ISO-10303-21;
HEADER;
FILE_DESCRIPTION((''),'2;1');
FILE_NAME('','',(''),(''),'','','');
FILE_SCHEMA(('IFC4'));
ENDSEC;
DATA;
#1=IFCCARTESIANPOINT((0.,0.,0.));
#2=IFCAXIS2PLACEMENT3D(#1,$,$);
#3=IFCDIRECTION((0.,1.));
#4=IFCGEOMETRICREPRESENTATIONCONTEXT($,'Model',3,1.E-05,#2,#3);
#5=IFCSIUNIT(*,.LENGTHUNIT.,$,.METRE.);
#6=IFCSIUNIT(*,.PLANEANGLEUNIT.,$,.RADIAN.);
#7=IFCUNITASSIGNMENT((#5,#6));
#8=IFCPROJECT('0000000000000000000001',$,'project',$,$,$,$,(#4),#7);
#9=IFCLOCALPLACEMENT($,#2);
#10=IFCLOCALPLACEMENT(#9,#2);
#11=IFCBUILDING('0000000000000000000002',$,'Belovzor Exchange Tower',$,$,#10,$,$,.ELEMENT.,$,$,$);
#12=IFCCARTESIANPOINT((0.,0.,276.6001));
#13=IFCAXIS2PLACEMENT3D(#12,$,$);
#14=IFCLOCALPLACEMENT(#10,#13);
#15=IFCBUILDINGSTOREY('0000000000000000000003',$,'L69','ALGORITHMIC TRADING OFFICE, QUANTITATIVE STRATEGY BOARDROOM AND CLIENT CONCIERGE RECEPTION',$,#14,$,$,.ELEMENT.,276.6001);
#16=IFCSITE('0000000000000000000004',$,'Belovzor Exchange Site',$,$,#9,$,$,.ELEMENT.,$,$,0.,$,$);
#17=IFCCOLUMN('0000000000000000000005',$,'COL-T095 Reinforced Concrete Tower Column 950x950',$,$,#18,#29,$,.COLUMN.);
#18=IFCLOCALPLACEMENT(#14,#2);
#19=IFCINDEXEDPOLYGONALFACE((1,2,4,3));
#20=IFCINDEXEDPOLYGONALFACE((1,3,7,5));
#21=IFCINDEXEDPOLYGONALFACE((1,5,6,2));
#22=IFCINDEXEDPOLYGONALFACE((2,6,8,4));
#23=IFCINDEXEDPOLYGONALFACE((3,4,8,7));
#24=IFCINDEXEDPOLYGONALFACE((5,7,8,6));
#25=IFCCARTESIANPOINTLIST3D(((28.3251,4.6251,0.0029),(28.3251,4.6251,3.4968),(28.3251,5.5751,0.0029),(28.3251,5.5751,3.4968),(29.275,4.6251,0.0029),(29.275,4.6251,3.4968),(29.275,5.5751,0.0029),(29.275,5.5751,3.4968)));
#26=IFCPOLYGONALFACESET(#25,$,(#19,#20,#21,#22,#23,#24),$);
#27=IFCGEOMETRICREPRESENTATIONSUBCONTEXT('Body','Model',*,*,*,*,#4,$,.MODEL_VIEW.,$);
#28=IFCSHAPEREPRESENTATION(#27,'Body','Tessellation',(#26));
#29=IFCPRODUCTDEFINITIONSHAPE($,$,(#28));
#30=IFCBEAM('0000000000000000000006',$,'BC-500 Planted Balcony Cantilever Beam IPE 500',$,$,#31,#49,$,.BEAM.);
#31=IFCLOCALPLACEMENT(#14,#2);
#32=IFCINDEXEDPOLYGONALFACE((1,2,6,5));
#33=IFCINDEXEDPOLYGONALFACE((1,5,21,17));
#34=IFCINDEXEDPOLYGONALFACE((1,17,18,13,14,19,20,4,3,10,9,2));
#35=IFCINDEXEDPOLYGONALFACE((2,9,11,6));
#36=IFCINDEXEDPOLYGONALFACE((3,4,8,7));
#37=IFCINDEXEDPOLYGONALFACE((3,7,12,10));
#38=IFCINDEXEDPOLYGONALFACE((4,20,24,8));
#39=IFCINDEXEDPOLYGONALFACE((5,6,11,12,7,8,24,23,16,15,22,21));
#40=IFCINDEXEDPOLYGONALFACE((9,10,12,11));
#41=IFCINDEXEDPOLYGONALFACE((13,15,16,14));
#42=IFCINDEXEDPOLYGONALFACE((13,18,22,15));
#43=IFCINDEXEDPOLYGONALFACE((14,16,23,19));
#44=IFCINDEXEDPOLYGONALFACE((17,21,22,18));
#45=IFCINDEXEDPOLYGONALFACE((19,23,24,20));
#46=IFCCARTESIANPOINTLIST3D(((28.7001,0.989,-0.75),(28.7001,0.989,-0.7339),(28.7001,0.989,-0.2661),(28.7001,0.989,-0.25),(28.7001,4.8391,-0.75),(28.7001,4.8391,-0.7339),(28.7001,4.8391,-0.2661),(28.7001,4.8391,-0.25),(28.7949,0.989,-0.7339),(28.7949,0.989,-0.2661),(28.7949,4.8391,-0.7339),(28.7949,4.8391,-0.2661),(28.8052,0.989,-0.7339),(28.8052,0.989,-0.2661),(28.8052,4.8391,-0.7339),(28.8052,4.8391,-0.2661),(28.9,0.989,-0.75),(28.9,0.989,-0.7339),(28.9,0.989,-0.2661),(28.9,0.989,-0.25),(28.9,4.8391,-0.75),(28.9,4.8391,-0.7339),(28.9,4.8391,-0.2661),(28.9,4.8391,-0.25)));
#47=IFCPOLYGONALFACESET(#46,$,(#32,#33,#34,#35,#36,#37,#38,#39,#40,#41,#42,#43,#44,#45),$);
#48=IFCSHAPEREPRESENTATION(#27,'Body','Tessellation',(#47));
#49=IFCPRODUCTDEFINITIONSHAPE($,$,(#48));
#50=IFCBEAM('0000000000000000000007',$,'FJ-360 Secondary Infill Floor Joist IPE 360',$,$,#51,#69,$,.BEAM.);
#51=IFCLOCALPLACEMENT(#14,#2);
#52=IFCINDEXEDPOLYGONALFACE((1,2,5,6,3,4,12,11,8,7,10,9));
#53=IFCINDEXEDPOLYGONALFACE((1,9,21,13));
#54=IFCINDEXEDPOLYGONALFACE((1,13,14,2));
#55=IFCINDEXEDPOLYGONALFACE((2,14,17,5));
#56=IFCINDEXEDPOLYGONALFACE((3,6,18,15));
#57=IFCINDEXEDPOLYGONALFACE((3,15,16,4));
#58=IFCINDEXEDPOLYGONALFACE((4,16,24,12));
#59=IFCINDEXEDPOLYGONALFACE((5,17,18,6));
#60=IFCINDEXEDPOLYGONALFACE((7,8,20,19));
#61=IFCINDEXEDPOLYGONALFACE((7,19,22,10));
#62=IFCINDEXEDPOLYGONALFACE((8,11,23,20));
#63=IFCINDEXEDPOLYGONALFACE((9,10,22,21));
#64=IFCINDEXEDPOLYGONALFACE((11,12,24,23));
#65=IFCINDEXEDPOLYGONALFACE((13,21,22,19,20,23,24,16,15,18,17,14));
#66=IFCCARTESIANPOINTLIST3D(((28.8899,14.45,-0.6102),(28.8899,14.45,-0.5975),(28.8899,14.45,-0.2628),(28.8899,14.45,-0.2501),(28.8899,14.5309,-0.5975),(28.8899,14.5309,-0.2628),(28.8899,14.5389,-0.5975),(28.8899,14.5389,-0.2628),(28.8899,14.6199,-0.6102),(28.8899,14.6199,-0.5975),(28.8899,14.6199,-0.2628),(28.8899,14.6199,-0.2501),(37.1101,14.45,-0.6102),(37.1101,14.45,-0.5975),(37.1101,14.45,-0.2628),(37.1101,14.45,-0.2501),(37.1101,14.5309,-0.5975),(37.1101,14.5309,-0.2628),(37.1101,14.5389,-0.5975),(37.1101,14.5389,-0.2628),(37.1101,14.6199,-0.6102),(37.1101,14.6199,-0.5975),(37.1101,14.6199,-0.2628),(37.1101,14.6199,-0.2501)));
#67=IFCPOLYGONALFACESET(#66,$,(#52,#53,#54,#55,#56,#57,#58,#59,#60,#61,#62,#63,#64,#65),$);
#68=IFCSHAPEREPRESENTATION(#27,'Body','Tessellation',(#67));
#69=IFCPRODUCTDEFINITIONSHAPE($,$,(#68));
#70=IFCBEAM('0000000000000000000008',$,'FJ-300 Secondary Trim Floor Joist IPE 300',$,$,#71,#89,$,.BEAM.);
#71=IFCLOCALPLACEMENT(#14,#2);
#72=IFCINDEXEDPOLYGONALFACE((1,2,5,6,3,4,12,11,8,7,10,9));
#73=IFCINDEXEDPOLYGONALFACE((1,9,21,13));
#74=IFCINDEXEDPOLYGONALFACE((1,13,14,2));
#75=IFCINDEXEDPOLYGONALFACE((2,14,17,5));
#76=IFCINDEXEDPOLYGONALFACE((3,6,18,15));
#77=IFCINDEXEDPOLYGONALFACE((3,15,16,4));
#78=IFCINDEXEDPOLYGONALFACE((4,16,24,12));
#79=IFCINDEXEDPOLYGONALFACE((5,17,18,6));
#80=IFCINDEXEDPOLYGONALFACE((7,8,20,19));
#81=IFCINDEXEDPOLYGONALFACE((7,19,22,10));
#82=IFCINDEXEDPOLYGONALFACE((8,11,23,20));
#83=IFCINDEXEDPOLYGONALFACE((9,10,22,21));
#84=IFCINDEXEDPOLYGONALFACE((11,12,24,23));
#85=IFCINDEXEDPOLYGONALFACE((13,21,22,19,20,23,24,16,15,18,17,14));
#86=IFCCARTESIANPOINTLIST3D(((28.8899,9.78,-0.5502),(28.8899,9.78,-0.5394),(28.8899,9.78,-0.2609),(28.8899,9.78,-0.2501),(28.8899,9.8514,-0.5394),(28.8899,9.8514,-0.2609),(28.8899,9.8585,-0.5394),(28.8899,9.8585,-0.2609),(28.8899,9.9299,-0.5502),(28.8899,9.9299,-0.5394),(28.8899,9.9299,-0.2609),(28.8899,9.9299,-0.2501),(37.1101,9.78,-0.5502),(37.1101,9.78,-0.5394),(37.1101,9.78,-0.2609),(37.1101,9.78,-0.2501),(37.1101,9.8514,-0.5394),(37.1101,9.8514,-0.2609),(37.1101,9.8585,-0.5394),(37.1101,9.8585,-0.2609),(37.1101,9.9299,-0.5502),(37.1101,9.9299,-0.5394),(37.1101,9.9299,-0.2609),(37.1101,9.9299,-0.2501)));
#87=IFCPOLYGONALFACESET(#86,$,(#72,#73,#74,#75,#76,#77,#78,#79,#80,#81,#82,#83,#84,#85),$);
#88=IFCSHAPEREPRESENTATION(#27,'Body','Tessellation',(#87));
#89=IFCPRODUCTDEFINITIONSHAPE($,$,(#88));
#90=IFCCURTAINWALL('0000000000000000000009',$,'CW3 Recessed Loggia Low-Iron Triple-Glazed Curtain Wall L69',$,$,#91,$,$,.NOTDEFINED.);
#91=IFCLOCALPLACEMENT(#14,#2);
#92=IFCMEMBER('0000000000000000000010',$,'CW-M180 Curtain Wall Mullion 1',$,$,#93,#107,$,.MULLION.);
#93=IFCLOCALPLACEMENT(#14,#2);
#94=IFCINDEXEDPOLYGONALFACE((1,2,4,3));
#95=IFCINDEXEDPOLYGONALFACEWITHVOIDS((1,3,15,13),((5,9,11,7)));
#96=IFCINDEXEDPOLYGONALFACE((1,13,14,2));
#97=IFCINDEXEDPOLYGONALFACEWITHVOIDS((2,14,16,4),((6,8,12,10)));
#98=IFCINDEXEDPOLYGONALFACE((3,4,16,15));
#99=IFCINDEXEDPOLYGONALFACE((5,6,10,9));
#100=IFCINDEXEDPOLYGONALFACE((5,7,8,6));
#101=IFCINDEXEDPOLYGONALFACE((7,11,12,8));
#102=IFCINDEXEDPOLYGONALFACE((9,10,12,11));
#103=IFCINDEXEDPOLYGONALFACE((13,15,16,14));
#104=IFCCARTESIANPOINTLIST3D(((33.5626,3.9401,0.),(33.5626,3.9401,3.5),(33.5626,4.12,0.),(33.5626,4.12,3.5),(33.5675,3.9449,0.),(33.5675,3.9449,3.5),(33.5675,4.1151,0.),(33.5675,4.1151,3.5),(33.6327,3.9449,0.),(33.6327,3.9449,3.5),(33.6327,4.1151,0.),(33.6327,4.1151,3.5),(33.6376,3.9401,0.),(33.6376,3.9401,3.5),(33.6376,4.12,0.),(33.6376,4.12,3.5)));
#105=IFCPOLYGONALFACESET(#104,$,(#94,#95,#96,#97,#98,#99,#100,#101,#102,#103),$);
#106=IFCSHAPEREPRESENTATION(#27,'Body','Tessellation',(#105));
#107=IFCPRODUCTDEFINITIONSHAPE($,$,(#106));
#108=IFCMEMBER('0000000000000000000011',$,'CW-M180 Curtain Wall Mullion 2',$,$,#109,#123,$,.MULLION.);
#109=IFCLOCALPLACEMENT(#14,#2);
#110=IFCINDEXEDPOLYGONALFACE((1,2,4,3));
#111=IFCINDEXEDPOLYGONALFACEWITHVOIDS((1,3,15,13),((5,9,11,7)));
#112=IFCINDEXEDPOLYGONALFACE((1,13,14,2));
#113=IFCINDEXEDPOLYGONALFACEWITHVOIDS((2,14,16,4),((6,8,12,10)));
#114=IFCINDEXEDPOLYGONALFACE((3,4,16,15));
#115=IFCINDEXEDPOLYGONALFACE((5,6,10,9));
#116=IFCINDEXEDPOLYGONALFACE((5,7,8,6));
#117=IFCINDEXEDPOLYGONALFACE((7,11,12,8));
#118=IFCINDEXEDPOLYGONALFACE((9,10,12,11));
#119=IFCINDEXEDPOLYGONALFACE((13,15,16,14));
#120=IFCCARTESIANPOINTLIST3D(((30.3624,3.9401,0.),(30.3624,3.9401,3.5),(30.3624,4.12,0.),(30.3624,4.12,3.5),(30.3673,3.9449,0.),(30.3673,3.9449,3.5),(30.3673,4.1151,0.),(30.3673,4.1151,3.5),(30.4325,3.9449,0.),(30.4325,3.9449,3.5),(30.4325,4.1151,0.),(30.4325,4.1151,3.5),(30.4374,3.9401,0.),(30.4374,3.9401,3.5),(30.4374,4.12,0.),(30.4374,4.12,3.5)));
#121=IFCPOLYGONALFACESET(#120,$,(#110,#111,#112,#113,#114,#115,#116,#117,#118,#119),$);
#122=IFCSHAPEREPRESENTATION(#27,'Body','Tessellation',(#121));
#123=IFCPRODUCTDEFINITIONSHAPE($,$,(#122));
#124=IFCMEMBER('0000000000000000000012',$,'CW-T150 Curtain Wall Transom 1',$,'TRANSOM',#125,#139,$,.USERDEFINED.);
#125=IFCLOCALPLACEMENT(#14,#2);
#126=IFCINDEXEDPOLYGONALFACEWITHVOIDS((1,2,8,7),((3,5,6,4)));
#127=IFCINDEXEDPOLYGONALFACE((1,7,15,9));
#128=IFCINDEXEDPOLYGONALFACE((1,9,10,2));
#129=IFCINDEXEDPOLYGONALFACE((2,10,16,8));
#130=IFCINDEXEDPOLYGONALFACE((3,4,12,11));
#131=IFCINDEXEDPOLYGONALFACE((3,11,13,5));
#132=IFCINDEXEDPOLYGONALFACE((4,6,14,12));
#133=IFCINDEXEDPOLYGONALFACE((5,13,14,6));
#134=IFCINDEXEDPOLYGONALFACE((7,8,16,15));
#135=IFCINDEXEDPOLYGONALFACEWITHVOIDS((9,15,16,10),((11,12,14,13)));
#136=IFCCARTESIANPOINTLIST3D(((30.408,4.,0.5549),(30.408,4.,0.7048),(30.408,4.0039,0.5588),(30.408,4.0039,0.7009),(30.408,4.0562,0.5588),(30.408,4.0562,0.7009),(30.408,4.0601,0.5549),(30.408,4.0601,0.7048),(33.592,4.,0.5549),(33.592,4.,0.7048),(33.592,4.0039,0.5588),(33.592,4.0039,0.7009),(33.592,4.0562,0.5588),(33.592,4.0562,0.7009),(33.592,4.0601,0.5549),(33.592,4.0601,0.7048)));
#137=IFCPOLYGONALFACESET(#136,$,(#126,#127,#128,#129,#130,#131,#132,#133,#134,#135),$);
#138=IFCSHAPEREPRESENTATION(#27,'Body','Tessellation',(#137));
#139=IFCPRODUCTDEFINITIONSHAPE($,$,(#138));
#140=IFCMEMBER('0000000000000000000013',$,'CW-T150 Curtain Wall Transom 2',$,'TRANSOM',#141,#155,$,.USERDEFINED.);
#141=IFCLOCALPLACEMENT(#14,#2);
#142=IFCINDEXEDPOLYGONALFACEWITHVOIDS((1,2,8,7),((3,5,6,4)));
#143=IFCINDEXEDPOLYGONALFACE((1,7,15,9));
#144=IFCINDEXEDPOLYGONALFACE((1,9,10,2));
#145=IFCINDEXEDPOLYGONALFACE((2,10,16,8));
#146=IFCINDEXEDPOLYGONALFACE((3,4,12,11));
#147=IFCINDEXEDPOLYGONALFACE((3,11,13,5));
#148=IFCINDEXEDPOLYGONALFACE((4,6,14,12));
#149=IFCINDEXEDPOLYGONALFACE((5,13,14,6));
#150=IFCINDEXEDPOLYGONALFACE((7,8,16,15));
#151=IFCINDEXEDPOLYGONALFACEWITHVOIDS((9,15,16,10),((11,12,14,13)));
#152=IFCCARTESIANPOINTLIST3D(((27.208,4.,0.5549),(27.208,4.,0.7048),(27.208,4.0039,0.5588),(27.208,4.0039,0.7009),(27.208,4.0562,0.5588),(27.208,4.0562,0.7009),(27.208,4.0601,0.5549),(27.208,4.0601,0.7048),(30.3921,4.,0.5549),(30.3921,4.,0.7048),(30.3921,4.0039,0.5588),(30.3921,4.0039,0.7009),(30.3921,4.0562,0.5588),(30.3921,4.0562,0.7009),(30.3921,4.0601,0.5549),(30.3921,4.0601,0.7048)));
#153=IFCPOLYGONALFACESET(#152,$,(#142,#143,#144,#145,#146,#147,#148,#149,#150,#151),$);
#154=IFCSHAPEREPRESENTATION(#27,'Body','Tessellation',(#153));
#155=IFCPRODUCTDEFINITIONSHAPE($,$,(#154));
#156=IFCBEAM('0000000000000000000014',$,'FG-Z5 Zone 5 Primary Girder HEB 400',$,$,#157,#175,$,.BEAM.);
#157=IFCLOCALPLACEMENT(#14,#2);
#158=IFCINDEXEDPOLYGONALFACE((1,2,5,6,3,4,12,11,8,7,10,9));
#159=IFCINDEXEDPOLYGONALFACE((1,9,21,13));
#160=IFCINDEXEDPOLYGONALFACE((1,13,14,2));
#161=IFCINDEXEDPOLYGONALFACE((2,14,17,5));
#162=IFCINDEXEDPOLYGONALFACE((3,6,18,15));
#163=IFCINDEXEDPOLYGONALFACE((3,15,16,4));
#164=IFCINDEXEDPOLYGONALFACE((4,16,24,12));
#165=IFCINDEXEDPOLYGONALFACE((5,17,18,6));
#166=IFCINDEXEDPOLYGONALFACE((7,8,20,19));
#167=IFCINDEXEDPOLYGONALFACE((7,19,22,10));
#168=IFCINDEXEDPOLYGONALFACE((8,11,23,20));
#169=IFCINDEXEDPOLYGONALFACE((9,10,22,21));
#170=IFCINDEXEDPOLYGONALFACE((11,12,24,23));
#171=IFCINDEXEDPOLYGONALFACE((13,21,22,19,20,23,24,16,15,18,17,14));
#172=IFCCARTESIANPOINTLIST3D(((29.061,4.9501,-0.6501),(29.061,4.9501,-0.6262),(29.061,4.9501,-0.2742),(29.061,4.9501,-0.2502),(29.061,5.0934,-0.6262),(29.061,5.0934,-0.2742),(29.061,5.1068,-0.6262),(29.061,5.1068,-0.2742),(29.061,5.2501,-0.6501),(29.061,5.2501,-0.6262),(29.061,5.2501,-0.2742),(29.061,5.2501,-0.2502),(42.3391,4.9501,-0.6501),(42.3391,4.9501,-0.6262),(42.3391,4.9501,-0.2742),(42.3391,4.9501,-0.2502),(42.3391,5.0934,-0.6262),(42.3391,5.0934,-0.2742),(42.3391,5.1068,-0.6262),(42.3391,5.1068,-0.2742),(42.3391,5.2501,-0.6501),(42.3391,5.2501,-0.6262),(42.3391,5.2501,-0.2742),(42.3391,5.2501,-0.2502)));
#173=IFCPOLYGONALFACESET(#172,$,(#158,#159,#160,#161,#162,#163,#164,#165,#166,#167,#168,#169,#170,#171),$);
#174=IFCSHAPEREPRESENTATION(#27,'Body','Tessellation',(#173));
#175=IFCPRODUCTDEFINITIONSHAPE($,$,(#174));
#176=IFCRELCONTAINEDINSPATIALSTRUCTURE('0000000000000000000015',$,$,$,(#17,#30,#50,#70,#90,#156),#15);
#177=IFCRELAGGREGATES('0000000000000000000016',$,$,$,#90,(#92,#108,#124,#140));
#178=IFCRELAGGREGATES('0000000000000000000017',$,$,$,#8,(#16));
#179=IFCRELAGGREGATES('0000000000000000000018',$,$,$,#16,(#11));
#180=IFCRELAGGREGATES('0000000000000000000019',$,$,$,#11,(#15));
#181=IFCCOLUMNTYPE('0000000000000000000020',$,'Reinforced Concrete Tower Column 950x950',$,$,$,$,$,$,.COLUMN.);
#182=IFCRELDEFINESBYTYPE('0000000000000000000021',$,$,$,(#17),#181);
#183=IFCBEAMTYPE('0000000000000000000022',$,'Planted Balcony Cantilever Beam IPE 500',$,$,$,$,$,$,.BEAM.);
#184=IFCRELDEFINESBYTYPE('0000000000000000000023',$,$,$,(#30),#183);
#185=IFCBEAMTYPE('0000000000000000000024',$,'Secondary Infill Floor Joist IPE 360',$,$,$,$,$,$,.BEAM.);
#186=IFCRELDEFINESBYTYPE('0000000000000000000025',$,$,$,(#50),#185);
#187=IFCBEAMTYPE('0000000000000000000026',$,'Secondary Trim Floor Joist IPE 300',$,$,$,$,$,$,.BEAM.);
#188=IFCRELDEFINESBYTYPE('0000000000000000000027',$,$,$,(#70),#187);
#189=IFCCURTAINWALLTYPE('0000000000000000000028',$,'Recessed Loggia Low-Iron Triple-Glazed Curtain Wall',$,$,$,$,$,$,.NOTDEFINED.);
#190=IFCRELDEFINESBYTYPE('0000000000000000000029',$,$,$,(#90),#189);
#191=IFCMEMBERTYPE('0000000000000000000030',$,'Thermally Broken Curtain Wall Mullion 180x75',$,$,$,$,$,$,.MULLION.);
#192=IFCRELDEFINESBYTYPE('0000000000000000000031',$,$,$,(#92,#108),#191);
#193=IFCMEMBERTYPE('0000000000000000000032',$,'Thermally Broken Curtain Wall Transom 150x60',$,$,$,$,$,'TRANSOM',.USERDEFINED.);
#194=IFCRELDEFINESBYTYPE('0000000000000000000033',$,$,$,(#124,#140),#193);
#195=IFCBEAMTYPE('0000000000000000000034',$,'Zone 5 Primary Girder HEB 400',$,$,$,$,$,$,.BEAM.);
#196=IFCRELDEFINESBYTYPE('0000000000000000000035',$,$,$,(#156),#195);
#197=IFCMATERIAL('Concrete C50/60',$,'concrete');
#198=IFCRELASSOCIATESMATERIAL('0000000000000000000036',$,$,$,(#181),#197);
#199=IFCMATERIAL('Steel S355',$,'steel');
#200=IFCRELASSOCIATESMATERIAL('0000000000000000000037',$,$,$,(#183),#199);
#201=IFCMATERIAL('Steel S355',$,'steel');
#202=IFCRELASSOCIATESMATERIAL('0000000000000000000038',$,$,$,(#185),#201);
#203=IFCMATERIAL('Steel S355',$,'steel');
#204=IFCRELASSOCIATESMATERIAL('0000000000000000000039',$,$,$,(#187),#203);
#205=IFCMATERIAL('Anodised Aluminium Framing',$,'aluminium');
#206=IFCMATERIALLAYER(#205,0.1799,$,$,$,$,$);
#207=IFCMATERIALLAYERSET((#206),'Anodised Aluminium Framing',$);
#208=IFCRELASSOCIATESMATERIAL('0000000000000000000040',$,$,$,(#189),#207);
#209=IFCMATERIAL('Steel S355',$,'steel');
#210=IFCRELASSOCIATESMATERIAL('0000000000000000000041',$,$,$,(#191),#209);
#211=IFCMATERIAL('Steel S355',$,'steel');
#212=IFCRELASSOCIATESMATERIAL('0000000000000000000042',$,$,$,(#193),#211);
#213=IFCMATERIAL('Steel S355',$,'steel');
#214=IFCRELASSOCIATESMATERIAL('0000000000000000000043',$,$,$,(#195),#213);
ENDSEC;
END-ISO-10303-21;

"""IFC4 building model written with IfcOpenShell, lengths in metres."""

from ifc_helpers import new_model, si_unit, direction, frame, origin, origin_2d, place, context, subcontext, project, spatial, rectangle, hollow_rectangle, i_section, extrude, material, layer, layer_set, material_profile, profile_set, type_object, element, aggregate, save


model = new_model("IFC4")

# Units and contexts
model_context = context("Model", 3, precision=1e-05, world=origin(), true_north=direction((0.0, 1.0)))
body_context = subcontext(model_context, "Body", "Model", "MODEL_VIEW")
ifc_project = project(units=[si_unit("LENGTHUNIT", "METRE"), si_unit("PLANEANGLEUNIT", "RADIAN")], contexts=[model_context])

# Site, building, storey
site_placement = place(None, origin())
site = spatial("IfcSite", under=ifc_project, at=site_placement, Name="Belovzor Exchange Site", CompositionType="ELEMENT", RefElevation=0.0)
building_placement = place(site_placement, origin())
building = spatial("IfcBuilding", under=site, at=building_placement, Name="Belovzor Exchange Tower", CompositionType="ELEMENT")
storey_placement = place(building_placement, frame((0.0, 0.0, 276.6001)))
storey = spatial("IfcBuildingStorey", under=building, at=storey_placement, Name="L69", Description="ALGORITHMIC TRADING OFFICE, QUANTITATIVE STRATEGY BOARDROOM AND CLIENT CONCIERGE RECEPTION", CompositionType="ELEMENT", Elevation=276.6001)

# Column
ifc_material_1 = material(Name="Concrete C50/60", Category="concrete")
ifc_material_profile_1 = material_profile(ifc_material_1, rectangle(XDim=0.95, YDim=0.95, at=origin_2d()))
ifc_profile_set_1 = profile_set([ifc_material_profile_1], Name="Concrete C50/60")
column_type = type_object("IfcColumnType", Name="Reinforced Concrete Tower Column 950x950", PredefinedType="COLUMN", material=ifc_profile_set_1)
column_placement = place(storey_placement, frame((28.8, 5.1001, 0.0029), z_axis=(0.0, 0.0, 1.0), x_axis=(1.0, 0.0, 0.0)))
element("IfcColumn", 1, at=column_placement, inside=storey, type_object=column_type, Name="COL-T095 Reinforced Concrete Tower Column 950x950", PredefinedType="COLUMN", context=body_context, shape_type="SweptSolid", body=[
    extrude(rectangle(XDim=0.95, YDim=0.95, at=origin_2d()), origin(), (0.0, 0.0, 1.0), 3.4939),
])

# Beams
ifc_material_2 = material(Name="Steel S355", Category="steel")
ifc_material_profile_2 = material_profile(ifc_material_2, i_section(OverallWidth=0.2, OverallDepth=0.5, WebThickness=0.0103, FlangeThickness=0.0161, at=origin_2d()))
ifc_profile_set_2 = profile_set([ifc_material_profile_2], Name="Steel S355")
beam_type_1 = type_object("IfcBeamType", Name="Planted Balcony Cantilever Beam IPE 500", PredefinedType="BEAM", material=ifc_profile_set_2)
beam_1_placement = place(storey_placement, frame((28.8, 4.8391, -0.5), z_axis=(0.0, -1.0, 0.0), x_axis=(1.0, 0.0, 0.0)))
element("IfcBeam", 2, at=beam_1_placement, inside=storey, type_object=beam_type_1, Name="BC-500 Planted Balcony Cantilever Beam IPE 500", PredefinedType="BEAM", context=body_context, shape_type="SweptSolid", body=[
    extrude(i_section(OverallWidth=0.2, OverallDepth=0.5, WebThickness=0.0103, FlangeThickness=0.0161, at=origin_2d()), origin(), (0.0, 0.0, 1.0), 3.8501),
])
ifc_material_3 = material(Name="Steel S355", Category="steel")
ifc_material_profile_3 = material_profile(ifc_material_3, i_section(OverallWidth=0.1699, OverallDepth=0.3601, WebThickness=0.0081, FlangeThickness=0.0127, at=origin_2d()))
ifc_profile_set_3 = profile_set([ifc_material_profile_3], Name="Steel S355")
beam_type_2 = type_object("IfcBeamType", Name="Secondary Infill Floor Joist IPE 360", PredefinedType="BEAM", material=ifc_profile_set_3)
beam_2_placement = place(storey_placement, frame((28.8899, 14.5349, -0.4302), z_axis=(1.0, 0.0, 0.0), x_axis=(0.0, 1.0, 0.0)))
element("IfcBeam", 3, at=beam_2_placement, inside=storey, type_object=beam_type_2, Name="FJ-360 Secondary Infill Floor Joist IPE 360", PredefinedType="BEAM", context=body_context, shape_type="SweptSolid", body=[
    extrude(i_section(OverallWidth=0.1699, OverallDepth=0.3601, WebThickness=0.0081, FlangeThickness=0.0127, at=origin_2d()), origin(), (0.0, 0.0, 1.0), 8.2202),
])
ifc_material_4 = material(Name="Steel S355", Category="steel")
ifc_material_profile_4 = material_profile(ifc_material_4, i_section(OverallWidth=0.1499, OverallDepth=0.3, WebThickness=0.0071, FlangeThickness=0.0107, at=origin_2d()))
ifc_profile_set_4 = profile_set([ifc_material_profile_4], Name="Steel S355")
beam_type_3 = type_object("IfcBeamType", Name="Secondary Trim Floor Joist IPE 300", PredefinedType="BEAM", material=ifc_profile_set_4)
beam_3_placement = place(storey_placement, frame((28.8899, 9.855, -0.4001), z_axis=(1.0, 0.0, 0.0), x_axis=(0.0, 1.0, 0.0)))
element("IfcBeam", 4, at=beam_3_placement, inside=storey, type_object=beam_type_3, Name="FJ-300 Secondary Trim Floor Joist IPE 300", PredefinedType="BEAM", context=body_context, shape_type="SweptSolid", body=[
    extrude(i_section(OverallWidth=0.1499, OverallDepth=0.3, WebThickness=0.0071, FlangeThickness=0.0107, at=origin_2d()), origin(), (0.0, 0.0, 1.0), 8.2202),
])

# Curtain wall, members
ifc_material_5 = material(Name="Anodised Aluminium Framing", Category="aluminium")
ifc_layer_1 = layer(ifc_material_5, 0.1799)
ifc_layer_set_1 = layer_set([ifc_layer_1], Name="Anodised Aluminium Framing")
curtain_wall_type = type_object("IfcCurtainWallType", Name="Recessed Loggia Low-Iron Triple-Glazed Curtain Wall", PredefinedType="NOTDEFINED", material=ifc_layer_set_1)
curtain_wall_placement = place(storey_placement, origin())
curtain_wall = element("IfcCurtainWall", 5, at=curtain_wall_placement, inside=storey, type_object=curtain_wall_type, Name="CW3 Recessed Loggia Low-Iron Triple-Glazed Curtain Wall L69", PredefinedType="NOTDEFINED")
ifc_material_6 = material(Name="Steel S355", Category="steel")
ifc_material_profile_5 = material_profile(ifc_material_6, hollow_rectangle(XDim=0.075, YDim=0.1799, WallThickness=0.0049, at=origin_2d()))
ifc_profile_set_5 = profile_set([ifc_material_profile_5], Name="Steel S355")
member_type_1 = type_object("IfcMemberType", Name="Thermally Broken Curtain Wall Mullion 180x75", PredefinedType="MULLION", material=ifc_profile_set_5)
member_1_placement = place(storey_placement, frame((33.6001, 4.03, 0.0), z_axis=(0.0, 0.0, 1.0), x_axis=(-1.0, 0.0, 0.0)))
member_1 = element("IfcMember", 6, at=member_1_placement, type_object=member_type_1, Name="CW-M180 Curtain Wall Mullion 1", PredefinedType="MULLION", context=body_context, shape_type="SweptSolid", body=[
    extrude(hollow_rectangle(XDim=0.075, YDim=0.1799, WallThickness=0.0049, at=origin_2d()), origin(), (0.0, 0.0, 1.0), 3.5),
])
member_2_placement = place(storey_placement, frame((30.3999, 4.03, 0.0), z_axis=(0.0, 0.0, 1.0), x_axis=(-1.0, 0.0, 0.0)))
member_2 = element("IfcMember", 7, at=member_2_placement, type_object=member_type_1, Name="CW-M180 Curtain Wall Mullion 2", PredefinedType="MULLION", context=body_context, shape_type="SweptSolid", body=[
    extrude(hollow_rectangle(XDim=0.075, YDim=0.1799, WallThickness=0.0049, at=origin_2d()), origin(), (0.0, 0.0, 1.0), 3.5),
])
ifc_material_7 = material(Name="Steel S355", Category="steel")
ifc_material_profile_6 = material_profile(ifc_material_7, hollow_rectangle(XDim=0.0601, YDim=0.1499, WallThickness=0.0039, at=origin_2d()))
ifc_profile_set_6 = profile_set([ifc_material_profile_6], Name="Steel S355")
member_type_2 = type_object("IfcMemberType", Name="Thermally Broken Curtain Wall Transom 150x60", ElementType="TRANSOM", PredefinedType="USERDEFINED", material=ifc_profile_set_6)
member_3_placement = place(storey_placement, frame((33.592, 4.03, 0.6299), z_axis=(-1.0, 0.0, 0.0), x_axis=(0.0, -1.0, 0.0)))
member_3 = element("IfcMember", 8, at=member_3_placement, type_object=member_type_2, Name="CW-T150 Curtain Wall Transom 1", ObjectType="TRANSOM", PredefinedType="USERDEFINED", context=body_context, shape_type="SweptSolid", body=[
    extrude(hollow_rectangle(XDim=0.0601, YDim=0.1499, WallThickness=0.0039, at=origin_2d()), origin(), (0.0, 0.0, 1.0), 3.1841),
])
member_4_placement = place(storey_placement, frame((30.3921, 4.03, 0.6299), z_axis=(-1.0, 0.0, 0.0), x_axis=(0.0, -1.0, 0.0)))
member_4 = element("IfcMember", 9, at=member_4_placement, type_object=member_type_2, Name="CW-T150 Curtain Wall Transom 2", ObjectType="TRANSOM", PredefinedType="USERDEFINED", context=body_context, shape_type="SweptSolid", body=[
    extrude(hollow_rectangle(XDim=0.0601, YDim=0.1499, WallThickness=0.0039, at=origin_2d()), origin(), (0.0, 0.0, 1.0), 3.1841),
])

# Beam
ifc_material_8 = material(Name="Steel S355", Category="steel")
ifc_material_profile_7 = material_profile(ifc_material_8, i_section(OverallWidth=0.3, OverallDepth=0.3999, WebThickness=0.0134, FlangeThickness=0.0239, at=origin_2d()))
ifc_profile_set_7 = profile_set([ifc_material_profile_7], Name="Steel S355")
beam_type_4 = type_object("IfcBeamType", Name="Zone 5 Primary Girder HEB 400", PredefinedType="BEAM", material=ifc_profile_set_7)
beam_4_placement = place(storey_placement, frame((29.061, 5.1001, -0.4502), z_axis=(1.0, 0.0, 0.0), x_axis=(0.0, 1.0, 0.0)))
element("IfcBeam", 10, at=beam_4_placement, inside=storey, type_object=beam_type_4, Name="FG-Z5 Zone 5 Primary Girder HEB 400", PredefinedType="BEAM", context=body_context, shape_type="SweptSolid", body=[
    extrude(i_section(OverallWidth=0.3, OverallDepth=0.3999, WebThickness=0.0134, FlangeThickness=0.0239, at=origin_2d()), origin(), (0.0, 0.0, 1.0), 13.2781),
])

aggregate(curtain_wall, [member_1, member_2, member_3, member_4])

save(model, "model.ifc")
